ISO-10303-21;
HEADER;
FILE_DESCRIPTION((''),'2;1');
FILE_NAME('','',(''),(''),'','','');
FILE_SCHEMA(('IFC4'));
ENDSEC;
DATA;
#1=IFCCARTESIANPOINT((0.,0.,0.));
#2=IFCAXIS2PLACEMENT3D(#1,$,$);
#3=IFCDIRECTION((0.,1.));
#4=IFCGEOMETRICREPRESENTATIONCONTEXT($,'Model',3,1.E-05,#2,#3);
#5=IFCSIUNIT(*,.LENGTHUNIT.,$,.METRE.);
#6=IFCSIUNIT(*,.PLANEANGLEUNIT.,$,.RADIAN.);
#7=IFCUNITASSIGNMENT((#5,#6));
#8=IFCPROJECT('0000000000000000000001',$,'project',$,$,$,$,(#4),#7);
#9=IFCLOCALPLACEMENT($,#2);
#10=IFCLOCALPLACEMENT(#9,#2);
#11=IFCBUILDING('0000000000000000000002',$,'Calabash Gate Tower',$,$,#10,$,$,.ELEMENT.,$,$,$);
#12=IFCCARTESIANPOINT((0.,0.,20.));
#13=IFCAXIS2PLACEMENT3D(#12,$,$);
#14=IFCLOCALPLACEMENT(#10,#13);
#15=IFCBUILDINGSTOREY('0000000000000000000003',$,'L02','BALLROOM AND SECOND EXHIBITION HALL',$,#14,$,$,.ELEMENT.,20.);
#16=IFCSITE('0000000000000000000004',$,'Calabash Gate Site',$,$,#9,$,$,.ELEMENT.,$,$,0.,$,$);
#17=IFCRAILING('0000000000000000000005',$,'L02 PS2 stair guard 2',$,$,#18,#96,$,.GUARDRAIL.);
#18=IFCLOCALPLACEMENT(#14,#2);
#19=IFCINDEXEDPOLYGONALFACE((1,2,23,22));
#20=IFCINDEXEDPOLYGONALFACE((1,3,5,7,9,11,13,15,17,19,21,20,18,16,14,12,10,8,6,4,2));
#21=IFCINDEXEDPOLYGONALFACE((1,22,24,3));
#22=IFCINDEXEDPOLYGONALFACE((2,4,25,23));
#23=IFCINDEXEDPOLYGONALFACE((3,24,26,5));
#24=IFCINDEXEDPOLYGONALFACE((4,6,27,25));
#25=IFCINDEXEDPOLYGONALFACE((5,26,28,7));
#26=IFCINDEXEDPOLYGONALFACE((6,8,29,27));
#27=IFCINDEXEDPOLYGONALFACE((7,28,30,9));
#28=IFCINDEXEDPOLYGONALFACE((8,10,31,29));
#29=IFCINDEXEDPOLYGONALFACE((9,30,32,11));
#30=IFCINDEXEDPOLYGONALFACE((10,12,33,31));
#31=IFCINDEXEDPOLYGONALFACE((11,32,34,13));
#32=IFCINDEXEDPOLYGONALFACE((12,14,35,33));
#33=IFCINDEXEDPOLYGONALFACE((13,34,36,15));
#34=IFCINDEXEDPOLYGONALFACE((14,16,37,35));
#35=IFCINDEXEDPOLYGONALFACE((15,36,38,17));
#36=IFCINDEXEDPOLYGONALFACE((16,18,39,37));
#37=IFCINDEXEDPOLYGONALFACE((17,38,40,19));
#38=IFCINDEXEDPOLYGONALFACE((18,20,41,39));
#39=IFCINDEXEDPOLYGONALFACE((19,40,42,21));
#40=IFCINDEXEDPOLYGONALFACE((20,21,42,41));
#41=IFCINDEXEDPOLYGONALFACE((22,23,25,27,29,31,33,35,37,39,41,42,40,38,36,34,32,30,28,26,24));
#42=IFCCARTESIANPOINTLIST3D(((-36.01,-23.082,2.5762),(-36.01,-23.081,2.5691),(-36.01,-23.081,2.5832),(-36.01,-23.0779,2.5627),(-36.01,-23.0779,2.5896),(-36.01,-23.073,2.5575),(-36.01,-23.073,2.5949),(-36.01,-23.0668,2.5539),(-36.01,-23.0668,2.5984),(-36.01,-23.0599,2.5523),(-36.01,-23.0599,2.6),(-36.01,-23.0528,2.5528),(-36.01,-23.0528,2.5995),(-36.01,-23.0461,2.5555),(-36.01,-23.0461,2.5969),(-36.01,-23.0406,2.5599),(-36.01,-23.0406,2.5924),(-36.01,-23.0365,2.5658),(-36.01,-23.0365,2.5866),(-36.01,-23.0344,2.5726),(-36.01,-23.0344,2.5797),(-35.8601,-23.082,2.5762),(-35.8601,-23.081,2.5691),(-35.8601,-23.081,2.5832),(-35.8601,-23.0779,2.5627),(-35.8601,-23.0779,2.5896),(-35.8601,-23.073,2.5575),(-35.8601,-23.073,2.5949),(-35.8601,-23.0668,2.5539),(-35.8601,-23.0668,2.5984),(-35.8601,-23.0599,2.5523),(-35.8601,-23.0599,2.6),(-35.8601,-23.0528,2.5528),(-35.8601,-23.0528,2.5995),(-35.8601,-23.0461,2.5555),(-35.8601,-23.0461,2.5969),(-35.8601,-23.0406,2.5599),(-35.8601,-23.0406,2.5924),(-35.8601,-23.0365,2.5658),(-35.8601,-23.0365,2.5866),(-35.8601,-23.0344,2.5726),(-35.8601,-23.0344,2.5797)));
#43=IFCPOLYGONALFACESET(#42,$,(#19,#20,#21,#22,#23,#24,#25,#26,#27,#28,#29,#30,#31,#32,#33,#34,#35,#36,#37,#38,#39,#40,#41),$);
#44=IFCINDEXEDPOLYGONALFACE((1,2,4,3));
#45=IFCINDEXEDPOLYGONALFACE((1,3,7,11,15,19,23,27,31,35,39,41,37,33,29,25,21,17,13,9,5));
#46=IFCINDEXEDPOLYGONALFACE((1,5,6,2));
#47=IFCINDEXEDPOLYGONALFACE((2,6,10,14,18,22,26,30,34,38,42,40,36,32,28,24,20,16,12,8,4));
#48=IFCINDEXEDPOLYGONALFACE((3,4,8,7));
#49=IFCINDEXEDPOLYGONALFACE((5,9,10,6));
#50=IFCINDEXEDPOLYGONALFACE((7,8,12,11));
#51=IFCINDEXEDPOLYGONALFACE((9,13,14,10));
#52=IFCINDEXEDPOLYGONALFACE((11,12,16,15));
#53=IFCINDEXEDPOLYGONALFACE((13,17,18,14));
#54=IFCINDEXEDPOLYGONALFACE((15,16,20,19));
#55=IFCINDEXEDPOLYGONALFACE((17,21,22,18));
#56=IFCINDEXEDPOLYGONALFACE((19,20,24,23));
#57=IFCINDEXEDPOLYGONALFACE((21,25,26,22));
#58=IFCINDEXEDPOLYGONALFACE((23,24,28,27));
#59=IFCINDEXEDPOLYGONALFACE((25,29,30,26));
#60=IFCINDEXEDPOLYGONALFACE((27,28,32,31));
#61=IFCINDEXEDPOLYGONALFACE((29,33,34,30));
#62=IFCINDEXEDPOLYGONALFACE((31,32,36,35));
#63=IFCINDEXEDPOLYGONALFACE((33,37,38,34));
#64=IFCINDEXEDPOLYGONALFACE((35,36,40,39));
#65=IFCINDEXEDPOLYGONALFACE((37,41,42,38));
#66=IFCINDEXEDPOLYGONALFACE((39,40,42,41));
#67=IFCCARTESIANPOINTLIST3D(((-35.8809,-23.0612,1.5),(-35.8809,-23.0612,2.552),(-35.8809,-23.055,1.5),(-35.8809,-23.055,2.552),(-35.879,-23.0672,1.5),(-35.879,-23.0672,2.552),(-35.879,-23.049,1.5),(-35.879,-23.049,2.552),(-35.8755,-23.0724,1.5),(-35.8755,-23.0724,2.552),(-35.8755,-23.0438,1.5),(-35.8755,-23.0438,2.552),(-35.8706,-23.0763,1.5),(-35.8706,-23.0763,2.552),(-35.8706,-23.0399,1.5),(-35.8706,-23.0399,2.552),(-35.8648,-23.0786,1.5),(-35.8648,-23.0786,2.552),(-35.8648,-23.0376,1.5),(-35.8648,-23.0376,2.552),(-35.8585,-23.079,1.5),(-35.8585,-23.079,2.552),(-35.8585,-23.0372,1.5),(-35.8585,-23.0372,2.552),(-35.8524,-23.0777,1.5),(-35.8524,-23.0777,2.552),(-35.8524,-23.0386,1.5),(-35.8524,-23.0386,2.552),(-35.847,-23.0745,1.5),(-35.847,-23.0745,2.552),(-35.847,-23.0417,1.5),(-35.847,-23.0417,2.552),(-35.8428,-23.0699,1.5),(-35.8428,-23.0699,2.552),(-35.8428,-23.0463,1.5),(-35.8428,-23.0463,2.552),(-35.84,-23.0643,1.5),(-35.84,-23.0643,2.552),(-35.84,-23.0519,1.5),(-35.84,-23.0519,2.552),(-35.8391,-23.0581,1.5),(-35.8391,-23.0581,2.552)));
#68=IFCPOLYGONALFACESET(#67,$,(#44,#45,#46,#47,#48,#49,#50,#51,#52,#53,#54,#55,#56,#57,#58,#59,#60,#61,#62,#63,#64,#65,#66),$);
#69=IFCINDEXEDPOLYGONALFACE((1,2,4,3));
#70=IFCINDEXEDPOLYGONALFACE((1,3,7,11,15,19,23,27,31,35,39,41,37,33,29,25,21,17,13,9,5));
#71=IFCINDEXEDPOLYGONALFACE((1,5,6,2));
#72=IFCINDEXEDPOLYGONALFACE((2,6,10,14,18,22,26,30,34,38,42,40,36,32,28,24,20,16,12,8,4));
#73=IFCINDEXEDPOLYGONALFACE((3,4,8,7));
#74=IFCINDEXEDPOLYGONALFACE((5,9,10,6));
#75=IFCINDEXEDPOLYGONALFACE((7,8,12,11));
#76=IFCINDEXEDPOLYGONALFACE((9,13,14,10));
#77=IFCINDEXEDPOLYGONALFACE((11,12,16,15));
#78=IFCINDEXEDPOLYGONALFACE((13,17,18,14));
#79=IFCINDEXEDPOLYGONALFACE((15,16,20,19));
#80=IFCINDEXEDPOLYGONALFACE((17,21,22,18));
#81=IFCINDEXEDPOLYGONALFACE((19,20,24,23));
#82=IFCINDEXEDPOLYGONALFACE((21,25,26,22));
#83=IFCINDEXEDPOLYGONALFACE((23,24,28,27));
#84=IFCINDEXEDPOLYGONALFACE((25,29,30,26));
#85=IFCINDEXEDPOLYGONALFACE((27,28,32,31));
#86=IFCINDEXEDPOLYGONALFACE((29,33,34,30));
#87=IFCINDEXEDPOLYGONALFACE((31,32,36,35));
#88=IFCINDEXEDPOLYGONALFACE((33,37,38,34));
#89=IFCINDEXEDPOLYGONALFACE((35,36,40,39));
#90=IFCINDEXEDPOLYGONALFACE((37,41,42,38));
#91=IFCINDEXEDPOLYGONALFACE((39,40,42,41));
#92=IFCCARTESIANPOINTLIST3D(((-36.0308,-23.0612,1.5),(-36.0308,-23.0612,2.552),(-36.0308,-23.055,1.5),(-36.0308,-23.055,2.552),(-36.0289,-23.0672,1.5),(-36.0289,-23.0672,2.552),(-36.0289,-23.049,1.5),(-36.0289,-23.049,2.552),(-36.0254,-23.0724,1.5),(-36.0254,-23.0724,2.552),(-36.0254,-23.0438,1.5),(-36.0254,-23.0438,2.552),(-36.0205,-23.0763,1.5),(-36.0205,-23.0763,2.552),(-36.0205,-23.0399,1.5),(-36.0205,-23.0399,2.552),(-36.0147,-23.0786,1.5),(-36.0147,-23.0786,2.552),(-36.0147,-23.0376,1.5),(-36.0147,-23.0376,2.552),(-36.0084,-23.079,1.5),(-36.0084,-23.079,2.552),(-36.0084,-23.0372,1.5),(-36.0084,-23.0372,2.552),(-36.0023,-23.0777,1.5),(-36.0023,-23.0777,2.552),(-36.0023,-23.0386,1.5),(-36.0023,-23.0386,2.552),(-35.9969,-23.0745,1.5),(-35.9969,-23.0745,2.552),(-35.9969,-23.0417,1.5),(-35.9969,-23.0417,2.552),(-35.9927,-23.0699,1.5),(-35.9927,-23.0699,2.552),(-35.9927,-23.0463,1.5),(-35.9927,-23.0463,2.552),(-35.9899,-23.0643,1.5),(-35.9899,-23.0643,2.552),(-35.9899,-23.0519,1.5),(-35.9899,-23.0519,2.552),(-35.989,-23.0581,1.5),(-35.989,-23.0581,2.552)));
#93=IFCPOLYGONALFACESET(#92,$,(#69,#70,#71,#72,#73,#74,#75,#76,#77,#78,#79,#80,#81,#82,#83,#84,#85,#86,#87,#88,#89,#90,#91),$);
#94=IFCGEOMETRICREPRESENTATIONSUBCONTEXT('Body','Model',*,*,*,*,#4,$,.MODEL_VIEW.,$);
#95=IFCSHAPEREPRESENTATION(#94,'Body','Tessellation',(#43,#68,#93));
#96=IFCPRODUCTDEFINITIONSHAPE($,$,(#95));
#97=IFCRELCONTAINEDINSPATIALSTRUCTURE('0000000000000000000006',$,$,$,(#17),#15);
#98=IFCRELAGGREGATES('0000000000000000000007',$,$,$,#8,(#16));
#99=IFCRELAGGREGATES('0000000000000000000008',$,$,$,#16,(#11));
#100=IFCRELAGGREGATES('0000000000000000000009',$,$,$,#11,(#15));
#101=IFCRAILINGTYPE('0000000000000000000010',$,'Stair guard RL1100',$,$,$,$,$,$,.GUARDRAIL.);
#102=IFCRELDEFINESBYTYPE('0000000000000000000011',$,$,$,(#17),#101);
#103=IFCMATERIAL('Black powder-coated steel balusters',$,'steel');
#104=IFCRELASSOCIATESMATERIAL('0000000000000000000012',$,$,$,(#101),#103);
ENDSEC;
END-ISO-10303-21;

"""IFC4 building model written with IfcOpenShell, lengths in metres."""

from ifc_helpers import new_model, si_unit, direction, frame, origin, origin_2d, place, context, subcontext, project, spatial, circle, extrude, material, type_object, element, save


model = new_model("IFC4")

# Units and contexts
model_context = context("Model", 3, precision=1e-05, world=origin(), true_north=direction((0.0, 1.0)))
body_context = subcontext(model_context, "Body", "Model", "MODEL_VIEW")
ifc_project = project(units=[si_unit("LENGTHUNIT", "METRE"), si_unit("PLANEANGLEUNIT", "RADIAN")], contexts=[model_context])

# Site, building, storey
site_placement = place(None, origin())
site = spatial("IfcSite", under=ifc_project, at=site_placement, Name="Calabash Gate Site", CompositionType="ELEMENT", RefElevation=0.0)
building_placement = place(site_placement, origin())
building = spatial("IfcBuilding", under=site, at=building_placement, Name="Calabash Gate Tower", CompositionType="ELEMENT")
storey_placement = place(building_placement, frame((0.0, 0.0, 20.0)))
storey = spatial("IfcBuildingStorey", under=building, at=storey_placement, Name="L02", Description="BALLROOM AND SECOND EXHIBITION HALL", CompositionType="ELEMENT", Elevation=20.0)

# Railing
ifc_material_1 = material(Name="Black powder-coated steel balusters", Category="steel")
railing_type_1 = type_object("IfcRailingType", Name="Stair guard RL1100", PredefinedType="GUARDRAIL", material=ifc_material_1)
railing_1_placement = place(storey_placement, frame((-35.8601, -23.0581, 1.5)))
element("IfcRailing", 1, at=railing_1_placement, inside=storey, type_object=railing_type_1, Name="L02 PS2 stair guard 2", PredefinedType="GUARDRAIL", context=body_context, shape_type="SweptSolid", body=[
    extrude(circle(Radius=0.0239, at=origin_2d()), frame((0.0, 0.0, 1.0762), z_axis=(-1.0, 0.0, 0.0), x_axis=(0.0, -1.0, 0.0)), (0.0, 0.0, 1.0), 0.1499),
    extrude(circle(Radius=0.021, at=origin_2d()), origin(), (0.0, 0.0, 1.0), 1.052),
    extrude(circle(Radius=0.021, at=origin_2d()), frame((-0.1499, 0.0, 0.0)), (0.0, 0.0, 1.0), 1.052),
])

save(model, "model.ifc")
